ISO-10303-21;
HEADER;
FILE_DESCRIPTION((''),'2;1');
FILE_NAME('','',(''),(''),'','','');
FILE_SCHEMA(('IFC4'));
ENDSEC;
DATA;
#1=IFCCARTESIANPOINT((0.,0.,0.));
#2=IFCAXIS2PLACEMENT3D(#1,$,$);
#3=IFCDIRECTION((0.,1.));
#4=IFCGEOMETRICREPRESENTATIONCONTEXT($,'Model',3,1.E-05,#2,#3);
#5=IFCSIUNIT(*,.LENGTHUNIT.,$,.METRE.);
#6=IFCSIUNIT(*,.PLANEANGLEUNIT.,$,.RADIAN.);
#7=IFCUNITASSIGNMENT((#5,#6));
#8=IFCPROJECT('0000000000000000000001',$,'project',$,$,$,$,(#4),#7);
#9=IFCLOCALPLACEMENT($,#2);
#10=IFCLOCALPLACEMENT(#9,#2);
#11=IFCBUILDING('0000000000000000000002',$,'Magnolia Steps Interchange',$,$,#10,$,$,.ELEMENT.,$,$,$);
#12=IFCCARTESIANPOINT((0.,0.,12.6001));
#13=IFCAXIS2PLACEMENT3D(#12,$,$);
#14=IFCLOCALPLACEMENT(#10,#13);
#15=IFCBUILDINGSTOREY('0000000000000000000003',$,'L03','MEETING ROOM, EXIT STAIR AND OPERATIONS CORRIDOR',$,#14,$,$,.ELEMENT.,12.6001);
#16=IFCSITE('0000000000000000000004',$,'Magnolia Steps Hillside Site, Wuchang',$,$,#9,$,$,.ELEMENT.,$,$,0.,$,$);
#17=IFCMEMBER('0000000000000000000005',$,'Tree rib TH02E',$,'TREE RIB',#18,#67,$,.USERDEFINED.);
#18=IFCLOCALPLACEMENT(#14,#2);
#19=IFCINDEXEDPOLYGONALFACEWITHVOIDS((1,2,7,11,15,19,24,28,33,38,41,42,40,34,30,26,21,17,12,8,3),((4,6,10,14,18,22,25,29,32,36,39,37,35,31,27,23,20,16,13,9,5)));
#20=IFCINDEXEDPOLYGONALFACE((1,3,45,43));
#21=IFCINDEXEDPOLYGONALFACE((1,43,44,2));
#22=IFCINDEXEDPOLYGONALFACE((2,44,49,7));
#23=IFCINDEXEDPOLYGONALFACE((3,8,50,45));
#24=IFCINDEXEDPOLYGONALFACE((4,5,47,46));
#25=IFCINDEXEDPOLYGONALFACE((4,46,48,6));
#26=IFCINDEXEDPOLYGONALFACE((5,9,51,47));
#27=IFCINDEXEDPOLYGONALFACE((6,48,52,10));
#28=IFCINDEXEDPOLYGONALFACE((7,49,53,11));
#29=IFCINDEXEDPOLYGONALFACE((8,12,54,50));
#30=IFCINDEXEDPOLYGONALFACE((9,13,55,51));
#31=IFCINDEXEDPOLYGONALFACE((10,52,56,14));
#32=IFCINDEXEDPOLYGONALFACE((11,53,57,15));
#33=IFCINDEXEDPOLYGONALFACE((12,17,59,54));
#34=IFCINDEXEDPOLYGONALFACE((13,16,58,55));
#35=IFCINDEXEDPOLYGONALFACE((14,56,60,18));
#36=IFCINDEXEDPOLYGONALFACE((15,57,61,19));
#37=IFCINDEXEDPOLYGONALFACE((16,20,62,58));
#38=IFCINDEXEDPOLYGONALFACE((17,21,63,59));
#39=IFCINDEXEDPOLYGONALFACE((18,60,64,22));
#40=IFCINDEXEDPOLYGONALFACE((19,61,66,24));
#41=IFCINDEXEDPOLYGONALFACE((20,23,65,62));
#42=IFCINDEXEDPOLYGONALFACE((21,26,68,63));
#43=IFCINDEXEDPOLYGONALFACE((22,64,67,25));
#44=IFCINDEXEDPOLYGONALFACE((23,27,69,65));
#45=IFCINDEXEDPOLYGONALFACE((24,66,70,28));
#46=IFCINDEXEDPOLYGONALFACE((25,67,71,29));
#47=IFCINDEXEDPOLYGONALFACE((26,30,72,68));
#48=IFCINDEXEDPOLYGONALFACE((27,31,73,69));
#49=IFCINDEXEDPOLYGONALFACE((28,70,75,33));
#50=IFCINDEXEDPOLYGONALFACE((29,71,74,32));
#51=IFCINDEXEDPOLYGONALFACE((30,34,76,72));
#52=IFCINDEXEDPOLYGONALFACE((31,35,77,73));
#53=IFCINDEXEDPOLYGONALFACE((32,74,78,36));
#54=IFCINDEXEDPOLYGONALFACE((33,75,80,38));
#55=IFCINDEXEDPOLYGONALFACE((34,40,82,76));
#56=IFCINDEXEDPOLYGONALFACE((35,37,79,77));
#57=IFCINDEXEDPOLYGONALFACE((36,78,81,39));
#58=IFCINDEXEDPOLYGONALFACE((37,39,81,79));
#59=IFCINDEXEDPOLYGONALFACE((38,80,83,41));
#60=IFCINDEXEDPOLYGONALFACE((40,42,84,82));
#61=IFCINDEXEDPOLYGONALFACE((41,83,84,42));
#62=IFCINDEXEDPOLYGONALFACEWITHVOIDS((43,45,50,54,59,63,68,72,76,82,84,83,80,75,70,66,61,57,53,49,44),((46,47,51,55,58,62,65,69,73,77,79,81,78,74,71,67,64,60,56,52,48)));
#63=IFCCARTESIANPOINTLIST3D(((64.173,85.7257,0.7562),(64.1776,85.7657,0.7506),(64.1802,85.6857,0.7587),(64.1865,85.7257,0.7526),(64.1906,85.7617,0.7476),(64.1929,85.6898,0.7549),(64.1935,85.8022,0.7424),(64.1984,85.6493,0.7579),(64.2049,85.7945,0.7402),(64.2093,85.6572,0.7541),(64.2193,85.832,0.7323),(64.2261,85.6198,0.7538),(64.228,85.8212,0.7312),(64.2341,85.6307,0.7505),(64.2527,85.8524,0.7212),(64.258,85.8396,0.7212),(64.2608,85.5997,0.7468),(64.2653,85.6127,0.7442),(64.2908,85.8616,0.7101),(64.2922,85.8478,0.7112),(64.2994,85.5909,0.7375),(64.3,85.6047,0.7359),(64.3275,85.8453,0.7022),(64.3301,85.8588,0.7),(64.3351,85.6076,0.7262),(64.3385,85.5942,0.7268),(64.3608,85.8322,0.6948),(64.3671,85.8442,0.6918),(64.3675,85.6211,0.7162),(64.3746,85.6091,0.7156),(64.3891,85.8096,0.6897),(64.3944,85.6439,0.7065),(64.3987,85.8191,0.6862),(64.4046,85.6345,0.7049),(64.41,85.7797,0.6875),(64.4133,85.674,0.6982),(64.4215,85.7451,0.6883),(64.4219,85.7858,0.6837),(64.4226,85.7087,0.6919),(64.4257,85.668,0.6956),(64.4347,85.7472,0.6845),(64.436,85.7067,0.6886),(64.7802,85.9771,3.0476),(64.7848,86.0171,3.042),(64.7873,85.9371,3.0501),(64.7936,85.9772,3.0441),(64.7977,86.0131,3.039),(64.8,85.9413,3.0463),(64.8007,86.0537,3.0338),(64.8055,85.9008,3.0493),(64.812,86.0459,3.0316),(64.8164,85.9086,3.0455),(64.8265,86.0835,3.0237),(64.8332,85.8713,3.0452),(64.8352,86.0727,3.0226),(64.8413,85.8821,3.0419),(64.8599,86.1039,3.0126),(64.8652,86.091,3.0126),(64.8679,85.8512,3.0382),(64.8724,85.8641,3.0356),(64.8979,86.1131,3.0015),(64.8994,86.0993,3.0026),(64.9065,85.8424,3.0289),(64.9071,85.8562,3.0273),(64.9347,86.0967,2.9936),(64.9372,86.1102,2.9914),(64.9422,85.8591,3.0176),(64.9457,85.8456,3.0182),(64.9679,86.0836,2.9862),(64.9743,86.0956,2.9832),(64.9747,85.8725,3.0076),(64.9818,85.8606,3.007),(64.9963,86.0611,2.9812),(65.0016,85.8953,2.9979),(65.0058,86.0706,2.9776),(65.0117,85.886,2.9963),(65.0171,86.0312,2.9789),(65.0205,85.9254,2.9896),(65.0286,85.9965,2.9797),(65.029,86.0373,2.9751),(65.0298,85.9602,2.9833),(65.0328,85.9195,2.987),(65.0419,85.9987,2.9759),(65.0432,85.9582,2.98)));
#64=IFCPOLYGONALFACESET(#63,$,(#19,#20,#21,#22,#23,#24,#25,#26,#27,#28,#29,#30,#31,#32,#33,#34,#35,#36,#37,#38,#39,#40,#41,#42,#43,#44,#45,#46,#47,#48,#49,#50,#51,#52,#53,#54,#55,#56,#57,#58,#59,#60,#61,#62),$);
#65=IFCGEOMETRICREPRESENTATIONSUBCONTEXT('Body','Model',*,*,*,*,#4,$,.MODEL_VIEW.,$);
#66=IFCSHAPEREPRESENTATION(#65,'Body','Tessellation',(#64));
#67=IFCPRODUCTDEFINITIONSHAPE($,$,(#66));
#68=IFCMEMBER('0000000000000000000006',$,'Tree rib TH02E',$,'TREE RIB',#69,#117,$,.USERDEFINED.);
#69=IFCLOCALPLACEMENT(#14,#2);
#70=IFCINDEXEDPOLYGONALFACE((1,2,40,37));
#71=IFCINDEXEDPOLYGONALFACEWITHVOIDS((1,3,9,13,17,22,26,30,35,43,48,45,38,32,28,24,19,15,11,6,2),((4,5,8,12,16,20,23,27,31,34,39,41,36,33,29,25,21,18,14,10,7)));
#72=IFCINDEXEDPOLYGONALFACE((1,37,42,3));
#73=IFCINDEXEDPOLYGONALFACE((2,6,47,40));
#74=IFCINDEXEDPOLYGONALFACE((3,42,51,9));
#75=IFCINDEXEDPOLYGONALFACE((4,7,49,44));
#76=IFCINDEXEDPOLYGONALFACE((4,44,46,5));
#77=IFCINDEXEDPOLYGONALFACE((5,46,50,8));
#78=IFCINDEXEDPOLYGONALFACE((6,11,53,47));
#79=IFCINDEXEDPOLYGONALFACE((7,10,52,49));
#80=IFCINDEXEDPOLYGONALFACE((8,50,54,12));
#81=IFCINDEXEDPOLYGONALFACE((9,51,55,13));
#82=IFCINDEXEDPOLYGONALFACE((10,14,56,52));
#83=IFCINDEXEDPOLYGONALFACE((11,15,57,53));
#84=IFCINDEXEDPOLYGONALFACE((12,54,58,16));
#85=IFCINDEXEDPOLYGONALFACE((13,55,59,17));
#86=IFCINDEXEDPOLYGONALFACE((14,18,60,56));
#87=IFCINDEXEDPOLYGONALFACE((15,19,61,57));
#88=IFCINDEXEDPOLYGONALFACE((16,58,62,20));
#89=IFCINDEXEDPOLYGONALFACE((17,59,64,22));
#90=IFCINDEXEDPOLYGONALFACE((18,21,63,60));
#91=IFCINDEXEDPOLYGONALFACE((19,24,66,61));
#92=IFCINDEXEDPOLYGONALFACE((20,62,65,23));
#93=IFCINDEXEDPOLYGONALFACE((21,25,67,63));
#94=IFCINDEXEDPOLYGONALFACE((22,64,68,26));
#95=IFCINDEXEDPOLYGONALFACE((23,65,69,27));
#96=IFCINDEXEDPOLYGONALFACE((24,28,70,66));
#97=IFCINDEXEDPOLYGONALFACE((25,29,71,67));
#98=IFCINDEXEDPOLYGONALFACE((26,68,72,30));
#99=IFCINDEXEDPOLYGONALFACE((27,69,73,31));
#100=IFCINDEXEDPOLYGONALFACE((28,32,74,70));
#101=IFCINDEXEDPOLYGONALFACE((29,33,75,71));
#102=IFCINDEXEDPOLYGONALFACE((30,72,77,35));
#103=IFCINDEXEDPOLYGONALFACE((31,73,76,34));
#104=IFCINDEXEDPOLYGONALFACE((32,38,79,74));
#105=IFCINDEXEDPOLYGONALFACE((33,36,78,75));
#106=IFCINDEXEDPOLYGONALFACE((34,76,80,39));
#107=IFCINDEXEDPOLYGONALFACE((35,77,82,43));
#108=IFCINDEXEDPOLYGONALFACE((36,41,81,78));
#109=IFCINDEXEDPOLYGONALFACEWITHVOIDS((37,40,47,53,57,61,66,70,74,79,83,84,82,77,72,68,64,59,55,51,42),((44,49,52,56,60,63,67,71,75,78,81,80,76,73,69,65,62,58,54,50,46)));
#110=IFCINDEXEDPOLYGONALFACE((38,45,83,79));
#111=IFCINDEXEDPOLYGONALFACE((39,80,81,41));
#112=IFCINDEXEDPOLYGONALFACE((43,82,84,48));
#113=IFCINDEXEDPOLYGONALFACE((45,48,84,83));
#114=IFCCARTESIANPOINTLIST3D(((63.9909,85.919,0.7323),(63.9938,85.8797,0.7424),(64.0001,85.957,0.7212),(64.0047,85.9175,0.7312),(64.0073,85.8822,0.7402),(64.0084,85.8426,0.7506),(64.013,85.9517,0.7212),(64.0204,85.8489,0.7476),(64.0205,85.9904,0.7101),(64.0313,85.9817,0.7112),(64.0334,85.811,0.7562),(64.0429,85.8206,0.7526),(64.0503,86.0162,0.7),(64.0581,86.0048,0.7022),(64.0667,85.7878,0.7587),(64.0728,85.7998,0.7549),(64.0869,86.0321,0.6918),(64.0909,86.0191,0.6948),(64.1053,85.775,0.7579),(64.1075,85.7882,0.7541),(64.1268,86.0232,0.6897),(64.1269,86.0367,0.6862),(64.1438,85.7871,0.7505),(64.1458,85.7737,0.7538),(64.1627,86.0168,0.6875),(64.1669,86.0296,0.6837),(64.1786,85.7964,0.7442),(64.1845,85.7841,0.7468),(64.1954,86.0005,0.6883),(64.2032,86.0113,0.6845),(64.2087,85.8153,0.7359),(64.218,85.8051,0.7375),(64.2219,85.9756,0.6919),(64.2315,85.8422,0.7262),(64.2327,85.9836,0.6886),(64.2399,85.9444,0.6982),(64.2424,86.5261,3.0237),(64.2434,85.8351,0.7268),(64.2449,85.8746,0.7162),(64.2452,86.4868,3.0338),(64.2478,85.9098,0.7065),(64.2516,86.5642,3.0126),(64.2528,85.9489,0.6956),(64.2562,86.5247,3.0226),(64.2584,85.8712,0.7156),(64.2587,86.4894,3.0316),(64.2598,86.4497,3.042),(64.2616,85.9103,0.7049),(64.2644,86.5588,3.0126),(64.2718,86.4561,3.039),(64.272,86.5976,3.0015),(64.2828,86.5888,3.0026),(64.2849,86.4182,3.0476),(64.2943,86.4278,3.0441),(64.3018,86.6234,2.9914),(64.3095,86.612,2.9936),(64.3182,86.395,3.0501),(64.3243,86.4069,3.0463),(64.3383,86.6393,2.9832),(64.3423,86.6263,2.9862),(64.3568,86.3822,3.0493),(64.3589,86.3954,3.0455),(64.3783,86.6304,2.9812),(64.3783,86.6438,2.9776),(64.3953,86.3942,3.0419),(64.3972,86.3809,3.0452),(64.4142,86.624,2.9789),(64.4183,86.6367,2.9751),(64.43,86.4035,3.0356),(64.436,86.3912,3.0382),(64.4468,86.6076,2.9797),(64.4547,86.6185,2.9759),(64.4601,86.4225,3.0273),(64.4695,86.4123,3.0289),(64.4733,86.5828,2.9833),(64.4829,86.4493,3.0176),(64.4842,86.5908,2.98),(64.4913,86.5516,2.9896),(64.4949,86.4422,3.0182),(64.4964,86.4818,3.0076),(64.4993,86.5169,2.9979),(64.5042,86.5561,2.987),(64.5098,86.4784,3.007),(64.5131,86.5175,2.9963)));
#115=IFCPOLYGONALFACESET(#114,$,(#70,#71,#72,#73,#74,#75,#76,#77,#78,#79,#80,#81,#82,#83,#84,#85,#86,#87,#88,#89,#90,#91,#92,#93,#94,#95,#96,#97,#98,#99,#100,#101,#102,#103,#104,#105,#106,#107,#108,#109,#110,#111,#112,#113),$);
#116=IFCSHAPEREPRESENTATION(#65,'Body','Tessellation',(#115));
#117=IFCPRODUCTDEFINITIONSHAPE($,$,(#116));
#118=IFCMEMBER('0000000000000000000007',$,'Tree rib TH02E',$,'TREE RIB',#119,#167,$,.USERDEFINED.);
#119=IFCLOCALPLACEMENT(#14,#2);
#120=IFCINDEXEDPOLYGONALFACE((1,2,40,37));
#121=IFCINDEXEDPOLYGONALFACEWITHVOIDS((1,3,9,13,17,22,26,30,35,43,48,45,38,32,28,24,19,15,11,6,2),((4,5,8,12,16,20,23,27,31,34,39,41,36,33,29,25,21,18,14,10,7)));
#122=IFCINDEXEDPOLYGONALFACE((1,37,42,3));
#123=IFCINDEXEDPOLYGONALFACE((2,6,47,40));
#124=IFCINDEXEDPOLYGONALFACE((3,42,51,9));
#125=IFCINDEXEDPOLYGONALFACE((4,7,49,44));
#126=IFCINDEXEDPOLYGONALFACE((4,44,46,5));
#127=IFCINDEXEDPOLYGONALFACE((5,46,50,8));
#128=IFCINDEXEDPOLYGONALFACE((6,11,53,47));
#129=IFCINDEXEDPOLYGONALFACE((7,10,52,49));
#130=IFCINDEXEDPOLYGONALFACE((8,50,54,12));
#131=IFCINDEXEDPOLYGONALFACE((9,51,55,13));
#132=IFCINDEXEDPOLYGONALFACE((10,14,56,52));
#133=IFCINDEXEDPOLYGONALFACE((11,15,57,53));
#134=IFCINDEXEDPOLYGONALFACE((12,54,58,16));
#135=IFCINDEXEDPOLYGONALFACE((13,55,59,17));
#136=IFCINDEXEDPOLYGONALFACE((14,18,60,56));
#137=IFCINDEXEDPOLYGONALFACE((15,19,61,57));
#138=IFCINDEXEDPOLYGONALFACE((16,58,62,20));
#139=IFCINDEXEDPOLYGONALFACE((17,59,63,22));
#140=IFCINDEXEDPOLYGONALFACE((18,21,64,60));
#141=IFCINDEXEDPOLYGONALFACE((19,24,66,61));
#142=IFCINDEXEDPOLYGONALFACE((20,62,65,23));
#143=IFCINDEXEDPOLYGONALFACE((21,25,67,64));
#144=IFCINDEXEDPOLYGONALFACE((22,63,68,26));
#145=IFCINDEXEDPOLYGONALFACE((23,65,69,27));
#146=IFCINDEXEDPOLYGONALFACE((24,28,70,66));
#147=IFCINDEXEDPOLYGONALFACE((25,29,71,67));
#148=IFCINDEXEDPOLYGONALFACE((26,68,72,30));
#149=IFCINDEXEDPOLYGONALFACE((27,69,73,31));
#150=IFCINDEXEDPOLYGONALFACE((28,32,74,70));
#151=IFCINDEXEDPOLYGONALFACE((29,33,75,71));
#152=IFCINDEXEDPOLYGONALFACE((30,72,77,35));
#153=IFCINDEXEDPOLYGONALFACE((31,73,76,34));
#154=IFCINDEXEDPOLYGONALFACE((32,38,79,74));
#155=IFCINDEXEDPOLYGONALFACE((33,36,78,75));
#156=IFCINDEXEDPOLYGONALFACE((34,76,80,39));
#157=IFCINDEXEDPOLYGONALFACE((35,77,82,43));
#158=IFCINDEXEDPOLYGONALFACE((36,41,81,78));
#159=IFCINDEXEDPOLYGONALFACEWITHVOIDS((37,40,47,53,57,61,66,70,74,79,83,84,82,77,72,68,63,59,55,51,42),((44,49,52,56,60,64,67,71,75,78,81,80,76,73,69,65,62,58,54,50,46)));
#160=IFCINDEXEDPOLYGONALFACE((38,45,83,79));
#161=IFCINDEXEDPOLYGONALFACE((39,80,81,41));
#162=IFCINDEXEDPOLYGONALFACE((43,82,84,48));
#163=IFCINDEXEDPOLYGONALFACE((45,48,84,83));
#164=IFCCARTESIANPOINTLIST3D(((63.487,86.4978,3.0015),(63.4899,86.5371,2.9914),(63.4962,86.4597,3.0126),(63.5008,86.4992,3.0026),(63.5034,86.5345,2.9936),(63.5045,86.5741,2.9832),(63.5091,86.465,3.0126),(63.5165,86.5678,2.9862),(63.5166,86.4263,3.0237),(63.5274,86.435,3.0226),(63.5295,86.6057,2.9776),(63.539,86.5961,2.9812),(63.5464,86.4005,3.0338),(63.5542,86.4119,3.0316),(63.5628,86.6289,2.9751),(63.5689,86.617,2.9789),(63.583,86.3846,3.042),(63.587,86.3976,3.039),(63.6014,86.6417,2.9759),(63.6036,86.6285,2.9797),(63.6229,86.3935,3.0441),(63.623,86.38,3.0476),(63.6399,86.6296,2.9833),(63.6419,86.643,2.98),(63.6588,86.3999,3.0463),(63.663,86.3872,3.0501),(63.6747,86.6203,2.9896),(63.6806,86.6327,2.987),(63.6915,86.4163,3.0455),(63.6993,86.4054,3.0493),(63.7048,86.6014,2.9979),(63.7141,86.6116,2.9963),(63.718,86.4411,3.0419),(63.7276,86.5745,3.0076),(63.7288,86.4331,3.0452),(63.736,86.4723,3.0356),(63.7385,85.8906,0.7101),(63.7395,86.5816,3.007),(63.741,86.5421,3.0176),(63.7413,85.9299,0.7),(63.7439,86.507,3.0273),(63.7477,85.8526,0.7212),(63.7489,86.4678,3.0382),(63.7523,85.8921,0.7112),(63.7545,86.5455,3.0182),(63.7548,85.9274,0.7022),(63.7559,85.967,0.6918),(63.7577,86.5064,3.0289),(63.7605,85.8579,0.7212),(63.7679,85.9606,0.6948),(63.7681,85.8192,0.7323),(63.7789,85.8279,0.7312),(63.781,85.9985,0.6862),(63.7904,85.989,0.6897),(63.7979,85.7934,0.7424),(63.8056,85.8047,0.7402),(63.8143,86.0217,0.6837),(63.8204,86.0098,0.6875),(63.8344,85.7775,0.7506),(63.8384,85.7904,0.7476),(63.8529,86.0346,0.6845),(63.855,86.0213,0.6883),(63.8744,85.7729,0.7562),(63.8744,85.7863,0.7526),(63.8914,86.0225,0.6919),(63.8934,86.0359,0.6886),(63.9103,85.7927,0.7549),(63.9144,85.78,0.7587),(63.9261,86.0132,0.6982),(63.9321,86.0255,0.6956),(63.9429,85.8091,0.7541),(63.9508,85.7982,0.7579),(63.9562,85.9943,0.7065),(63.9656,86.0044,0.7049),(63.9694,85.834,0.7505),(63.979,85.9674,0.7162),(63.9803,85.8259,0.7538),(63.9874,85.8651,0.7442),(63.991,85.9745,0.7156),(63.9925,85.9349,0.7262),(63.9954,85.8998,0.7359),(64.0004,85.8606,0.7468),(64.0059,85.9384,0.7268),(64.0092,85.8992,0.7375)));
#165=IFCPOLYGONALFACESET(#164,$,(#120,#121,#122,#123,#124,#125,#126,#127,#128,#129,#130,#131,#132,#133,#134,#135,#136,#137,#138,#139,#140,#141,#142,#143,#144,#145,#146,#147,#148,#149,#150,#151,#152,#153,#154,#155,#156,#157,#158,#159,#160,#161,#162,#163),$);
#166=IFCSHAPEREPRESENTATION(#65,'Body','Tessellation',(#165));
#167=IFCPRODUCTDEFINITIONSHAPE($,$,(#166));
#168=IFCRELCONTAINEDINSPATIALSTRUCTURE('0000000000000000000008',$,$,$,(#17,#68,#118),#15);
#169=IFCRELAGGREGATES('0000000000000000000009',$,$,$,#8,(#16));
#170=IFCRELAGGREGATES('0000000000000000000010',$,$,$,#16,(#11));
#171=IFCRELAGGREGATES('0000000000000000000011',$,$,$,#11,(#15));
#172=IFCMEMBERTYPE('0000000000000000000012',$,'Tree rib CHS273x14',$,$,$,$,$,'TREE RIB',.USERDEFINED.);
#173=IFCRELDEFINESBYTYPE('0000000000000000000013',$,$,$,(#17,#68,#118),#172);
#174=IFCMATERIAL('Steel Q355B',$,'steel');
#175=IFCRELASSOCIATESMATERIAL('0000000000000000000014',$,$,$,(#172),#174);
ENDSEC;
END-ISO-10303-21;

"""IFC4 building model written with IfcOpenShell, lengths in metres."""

from ifc_helpers import new_model, si_unit, direction, frame, origin, origin_2d, place, context, subcontext, project, spatial, hollow_circle, extrude, material, material_profile, profile_set, type_object, element, save


model = new_model("IFC4")

# Units and contexts
model_context = context("Model", 3, precision=1e-05, world=origin(), true_north=direction((0.0, 1.0)))
body_context = subcontext(model_context, "Body", "Model", "MODEL_VIEW")
ifc_project = project(units=[si_unit("LENGTHUNIT", "METRE"), si_unit("PLANEANGLEUNIT", "RADIAN")], contexts=[model_context])

# Site, building, storey
site_placement = place(None, origin())
site = spatial("IfcSite", under=ifc_project, at=site_placement, Name="Magnolia Steps Hillside Site, Wuchang", CompositionType="ELEMENT", RefElevation=0.0)
building_placement = place(site_placement, origin())
building = spatial("IfcBuilding", under=site, at=building_placement, Name="Magnolia Steps Interchange", CompositionType="ELEMENT")
storey_placement = place(building_placement, frame((0.0, 0.0, 12.6001)))
storey = spatial("IfcBuildingStorey", under=building, at=storey_placement, Name="L03", Description="MEETING ROOM, EXIT STAIR AND OPERATIONS CORRIDOR", CompositionType="ELEMENT", Elevation=12.6001)

# Members
ifc_material_1 = material(Name="Steel Q355B", Category="steel")
ifc_material_profile_1 = material_profile(ifc_material_1, hollow_circle(Radius=0.1365, WallThickness=0.0139, at=origin_2d()), Name="CHS273x14")
ifc_profile_set_1 = profile_set([ifc_material_profile_1], Name="Steel Q355B")
member_type_1 = type_object("IfcMemberType", Name="Tree rib CHS273x14", ElementType="TREE RIB", PredefinedType="USERDEFINED", material=ifc_profile_set_1)
for number, where, z_axis, x_axis, name in (
    (1, (64.3049, 85.7263, 0.7212), (0.254701, 0.105485, 0.961249), (-0.382636, 0.923899, 0.0), "Tree rib TH02E"),
    (2, (64.1262, 85.9048, 0.7212), (0.105485, 0.254701, 0.961249), (-0.923899, 0.382636, 0.0), "Tree rib TH02E"),
    (3, (63.8738, 85.9048, 0.7212), (-0.105485, 0.254701, 0.961249), (-0.923899, -0.382636, 0.0), "Tree rib TH02E"),
):
    element("IfcMember", number, at=place(storey_placement, frame(where, z_axis=z_axis, x_axis=x_axis)), inside=storey, type_object=member_type_1, Name=name, ObjectType="TREE RIB", PredefinedType="USERDEFINED", context=body_context, shape_type="SweptSolid", body=[
        extrude(hollow_circle(Radius=0.1365, WallThickness=0.0139, at=origin_2d()), origin(), (0.0, 0.0, 1.0), 2.3838),
    ])

save(model, "model.ifc")
